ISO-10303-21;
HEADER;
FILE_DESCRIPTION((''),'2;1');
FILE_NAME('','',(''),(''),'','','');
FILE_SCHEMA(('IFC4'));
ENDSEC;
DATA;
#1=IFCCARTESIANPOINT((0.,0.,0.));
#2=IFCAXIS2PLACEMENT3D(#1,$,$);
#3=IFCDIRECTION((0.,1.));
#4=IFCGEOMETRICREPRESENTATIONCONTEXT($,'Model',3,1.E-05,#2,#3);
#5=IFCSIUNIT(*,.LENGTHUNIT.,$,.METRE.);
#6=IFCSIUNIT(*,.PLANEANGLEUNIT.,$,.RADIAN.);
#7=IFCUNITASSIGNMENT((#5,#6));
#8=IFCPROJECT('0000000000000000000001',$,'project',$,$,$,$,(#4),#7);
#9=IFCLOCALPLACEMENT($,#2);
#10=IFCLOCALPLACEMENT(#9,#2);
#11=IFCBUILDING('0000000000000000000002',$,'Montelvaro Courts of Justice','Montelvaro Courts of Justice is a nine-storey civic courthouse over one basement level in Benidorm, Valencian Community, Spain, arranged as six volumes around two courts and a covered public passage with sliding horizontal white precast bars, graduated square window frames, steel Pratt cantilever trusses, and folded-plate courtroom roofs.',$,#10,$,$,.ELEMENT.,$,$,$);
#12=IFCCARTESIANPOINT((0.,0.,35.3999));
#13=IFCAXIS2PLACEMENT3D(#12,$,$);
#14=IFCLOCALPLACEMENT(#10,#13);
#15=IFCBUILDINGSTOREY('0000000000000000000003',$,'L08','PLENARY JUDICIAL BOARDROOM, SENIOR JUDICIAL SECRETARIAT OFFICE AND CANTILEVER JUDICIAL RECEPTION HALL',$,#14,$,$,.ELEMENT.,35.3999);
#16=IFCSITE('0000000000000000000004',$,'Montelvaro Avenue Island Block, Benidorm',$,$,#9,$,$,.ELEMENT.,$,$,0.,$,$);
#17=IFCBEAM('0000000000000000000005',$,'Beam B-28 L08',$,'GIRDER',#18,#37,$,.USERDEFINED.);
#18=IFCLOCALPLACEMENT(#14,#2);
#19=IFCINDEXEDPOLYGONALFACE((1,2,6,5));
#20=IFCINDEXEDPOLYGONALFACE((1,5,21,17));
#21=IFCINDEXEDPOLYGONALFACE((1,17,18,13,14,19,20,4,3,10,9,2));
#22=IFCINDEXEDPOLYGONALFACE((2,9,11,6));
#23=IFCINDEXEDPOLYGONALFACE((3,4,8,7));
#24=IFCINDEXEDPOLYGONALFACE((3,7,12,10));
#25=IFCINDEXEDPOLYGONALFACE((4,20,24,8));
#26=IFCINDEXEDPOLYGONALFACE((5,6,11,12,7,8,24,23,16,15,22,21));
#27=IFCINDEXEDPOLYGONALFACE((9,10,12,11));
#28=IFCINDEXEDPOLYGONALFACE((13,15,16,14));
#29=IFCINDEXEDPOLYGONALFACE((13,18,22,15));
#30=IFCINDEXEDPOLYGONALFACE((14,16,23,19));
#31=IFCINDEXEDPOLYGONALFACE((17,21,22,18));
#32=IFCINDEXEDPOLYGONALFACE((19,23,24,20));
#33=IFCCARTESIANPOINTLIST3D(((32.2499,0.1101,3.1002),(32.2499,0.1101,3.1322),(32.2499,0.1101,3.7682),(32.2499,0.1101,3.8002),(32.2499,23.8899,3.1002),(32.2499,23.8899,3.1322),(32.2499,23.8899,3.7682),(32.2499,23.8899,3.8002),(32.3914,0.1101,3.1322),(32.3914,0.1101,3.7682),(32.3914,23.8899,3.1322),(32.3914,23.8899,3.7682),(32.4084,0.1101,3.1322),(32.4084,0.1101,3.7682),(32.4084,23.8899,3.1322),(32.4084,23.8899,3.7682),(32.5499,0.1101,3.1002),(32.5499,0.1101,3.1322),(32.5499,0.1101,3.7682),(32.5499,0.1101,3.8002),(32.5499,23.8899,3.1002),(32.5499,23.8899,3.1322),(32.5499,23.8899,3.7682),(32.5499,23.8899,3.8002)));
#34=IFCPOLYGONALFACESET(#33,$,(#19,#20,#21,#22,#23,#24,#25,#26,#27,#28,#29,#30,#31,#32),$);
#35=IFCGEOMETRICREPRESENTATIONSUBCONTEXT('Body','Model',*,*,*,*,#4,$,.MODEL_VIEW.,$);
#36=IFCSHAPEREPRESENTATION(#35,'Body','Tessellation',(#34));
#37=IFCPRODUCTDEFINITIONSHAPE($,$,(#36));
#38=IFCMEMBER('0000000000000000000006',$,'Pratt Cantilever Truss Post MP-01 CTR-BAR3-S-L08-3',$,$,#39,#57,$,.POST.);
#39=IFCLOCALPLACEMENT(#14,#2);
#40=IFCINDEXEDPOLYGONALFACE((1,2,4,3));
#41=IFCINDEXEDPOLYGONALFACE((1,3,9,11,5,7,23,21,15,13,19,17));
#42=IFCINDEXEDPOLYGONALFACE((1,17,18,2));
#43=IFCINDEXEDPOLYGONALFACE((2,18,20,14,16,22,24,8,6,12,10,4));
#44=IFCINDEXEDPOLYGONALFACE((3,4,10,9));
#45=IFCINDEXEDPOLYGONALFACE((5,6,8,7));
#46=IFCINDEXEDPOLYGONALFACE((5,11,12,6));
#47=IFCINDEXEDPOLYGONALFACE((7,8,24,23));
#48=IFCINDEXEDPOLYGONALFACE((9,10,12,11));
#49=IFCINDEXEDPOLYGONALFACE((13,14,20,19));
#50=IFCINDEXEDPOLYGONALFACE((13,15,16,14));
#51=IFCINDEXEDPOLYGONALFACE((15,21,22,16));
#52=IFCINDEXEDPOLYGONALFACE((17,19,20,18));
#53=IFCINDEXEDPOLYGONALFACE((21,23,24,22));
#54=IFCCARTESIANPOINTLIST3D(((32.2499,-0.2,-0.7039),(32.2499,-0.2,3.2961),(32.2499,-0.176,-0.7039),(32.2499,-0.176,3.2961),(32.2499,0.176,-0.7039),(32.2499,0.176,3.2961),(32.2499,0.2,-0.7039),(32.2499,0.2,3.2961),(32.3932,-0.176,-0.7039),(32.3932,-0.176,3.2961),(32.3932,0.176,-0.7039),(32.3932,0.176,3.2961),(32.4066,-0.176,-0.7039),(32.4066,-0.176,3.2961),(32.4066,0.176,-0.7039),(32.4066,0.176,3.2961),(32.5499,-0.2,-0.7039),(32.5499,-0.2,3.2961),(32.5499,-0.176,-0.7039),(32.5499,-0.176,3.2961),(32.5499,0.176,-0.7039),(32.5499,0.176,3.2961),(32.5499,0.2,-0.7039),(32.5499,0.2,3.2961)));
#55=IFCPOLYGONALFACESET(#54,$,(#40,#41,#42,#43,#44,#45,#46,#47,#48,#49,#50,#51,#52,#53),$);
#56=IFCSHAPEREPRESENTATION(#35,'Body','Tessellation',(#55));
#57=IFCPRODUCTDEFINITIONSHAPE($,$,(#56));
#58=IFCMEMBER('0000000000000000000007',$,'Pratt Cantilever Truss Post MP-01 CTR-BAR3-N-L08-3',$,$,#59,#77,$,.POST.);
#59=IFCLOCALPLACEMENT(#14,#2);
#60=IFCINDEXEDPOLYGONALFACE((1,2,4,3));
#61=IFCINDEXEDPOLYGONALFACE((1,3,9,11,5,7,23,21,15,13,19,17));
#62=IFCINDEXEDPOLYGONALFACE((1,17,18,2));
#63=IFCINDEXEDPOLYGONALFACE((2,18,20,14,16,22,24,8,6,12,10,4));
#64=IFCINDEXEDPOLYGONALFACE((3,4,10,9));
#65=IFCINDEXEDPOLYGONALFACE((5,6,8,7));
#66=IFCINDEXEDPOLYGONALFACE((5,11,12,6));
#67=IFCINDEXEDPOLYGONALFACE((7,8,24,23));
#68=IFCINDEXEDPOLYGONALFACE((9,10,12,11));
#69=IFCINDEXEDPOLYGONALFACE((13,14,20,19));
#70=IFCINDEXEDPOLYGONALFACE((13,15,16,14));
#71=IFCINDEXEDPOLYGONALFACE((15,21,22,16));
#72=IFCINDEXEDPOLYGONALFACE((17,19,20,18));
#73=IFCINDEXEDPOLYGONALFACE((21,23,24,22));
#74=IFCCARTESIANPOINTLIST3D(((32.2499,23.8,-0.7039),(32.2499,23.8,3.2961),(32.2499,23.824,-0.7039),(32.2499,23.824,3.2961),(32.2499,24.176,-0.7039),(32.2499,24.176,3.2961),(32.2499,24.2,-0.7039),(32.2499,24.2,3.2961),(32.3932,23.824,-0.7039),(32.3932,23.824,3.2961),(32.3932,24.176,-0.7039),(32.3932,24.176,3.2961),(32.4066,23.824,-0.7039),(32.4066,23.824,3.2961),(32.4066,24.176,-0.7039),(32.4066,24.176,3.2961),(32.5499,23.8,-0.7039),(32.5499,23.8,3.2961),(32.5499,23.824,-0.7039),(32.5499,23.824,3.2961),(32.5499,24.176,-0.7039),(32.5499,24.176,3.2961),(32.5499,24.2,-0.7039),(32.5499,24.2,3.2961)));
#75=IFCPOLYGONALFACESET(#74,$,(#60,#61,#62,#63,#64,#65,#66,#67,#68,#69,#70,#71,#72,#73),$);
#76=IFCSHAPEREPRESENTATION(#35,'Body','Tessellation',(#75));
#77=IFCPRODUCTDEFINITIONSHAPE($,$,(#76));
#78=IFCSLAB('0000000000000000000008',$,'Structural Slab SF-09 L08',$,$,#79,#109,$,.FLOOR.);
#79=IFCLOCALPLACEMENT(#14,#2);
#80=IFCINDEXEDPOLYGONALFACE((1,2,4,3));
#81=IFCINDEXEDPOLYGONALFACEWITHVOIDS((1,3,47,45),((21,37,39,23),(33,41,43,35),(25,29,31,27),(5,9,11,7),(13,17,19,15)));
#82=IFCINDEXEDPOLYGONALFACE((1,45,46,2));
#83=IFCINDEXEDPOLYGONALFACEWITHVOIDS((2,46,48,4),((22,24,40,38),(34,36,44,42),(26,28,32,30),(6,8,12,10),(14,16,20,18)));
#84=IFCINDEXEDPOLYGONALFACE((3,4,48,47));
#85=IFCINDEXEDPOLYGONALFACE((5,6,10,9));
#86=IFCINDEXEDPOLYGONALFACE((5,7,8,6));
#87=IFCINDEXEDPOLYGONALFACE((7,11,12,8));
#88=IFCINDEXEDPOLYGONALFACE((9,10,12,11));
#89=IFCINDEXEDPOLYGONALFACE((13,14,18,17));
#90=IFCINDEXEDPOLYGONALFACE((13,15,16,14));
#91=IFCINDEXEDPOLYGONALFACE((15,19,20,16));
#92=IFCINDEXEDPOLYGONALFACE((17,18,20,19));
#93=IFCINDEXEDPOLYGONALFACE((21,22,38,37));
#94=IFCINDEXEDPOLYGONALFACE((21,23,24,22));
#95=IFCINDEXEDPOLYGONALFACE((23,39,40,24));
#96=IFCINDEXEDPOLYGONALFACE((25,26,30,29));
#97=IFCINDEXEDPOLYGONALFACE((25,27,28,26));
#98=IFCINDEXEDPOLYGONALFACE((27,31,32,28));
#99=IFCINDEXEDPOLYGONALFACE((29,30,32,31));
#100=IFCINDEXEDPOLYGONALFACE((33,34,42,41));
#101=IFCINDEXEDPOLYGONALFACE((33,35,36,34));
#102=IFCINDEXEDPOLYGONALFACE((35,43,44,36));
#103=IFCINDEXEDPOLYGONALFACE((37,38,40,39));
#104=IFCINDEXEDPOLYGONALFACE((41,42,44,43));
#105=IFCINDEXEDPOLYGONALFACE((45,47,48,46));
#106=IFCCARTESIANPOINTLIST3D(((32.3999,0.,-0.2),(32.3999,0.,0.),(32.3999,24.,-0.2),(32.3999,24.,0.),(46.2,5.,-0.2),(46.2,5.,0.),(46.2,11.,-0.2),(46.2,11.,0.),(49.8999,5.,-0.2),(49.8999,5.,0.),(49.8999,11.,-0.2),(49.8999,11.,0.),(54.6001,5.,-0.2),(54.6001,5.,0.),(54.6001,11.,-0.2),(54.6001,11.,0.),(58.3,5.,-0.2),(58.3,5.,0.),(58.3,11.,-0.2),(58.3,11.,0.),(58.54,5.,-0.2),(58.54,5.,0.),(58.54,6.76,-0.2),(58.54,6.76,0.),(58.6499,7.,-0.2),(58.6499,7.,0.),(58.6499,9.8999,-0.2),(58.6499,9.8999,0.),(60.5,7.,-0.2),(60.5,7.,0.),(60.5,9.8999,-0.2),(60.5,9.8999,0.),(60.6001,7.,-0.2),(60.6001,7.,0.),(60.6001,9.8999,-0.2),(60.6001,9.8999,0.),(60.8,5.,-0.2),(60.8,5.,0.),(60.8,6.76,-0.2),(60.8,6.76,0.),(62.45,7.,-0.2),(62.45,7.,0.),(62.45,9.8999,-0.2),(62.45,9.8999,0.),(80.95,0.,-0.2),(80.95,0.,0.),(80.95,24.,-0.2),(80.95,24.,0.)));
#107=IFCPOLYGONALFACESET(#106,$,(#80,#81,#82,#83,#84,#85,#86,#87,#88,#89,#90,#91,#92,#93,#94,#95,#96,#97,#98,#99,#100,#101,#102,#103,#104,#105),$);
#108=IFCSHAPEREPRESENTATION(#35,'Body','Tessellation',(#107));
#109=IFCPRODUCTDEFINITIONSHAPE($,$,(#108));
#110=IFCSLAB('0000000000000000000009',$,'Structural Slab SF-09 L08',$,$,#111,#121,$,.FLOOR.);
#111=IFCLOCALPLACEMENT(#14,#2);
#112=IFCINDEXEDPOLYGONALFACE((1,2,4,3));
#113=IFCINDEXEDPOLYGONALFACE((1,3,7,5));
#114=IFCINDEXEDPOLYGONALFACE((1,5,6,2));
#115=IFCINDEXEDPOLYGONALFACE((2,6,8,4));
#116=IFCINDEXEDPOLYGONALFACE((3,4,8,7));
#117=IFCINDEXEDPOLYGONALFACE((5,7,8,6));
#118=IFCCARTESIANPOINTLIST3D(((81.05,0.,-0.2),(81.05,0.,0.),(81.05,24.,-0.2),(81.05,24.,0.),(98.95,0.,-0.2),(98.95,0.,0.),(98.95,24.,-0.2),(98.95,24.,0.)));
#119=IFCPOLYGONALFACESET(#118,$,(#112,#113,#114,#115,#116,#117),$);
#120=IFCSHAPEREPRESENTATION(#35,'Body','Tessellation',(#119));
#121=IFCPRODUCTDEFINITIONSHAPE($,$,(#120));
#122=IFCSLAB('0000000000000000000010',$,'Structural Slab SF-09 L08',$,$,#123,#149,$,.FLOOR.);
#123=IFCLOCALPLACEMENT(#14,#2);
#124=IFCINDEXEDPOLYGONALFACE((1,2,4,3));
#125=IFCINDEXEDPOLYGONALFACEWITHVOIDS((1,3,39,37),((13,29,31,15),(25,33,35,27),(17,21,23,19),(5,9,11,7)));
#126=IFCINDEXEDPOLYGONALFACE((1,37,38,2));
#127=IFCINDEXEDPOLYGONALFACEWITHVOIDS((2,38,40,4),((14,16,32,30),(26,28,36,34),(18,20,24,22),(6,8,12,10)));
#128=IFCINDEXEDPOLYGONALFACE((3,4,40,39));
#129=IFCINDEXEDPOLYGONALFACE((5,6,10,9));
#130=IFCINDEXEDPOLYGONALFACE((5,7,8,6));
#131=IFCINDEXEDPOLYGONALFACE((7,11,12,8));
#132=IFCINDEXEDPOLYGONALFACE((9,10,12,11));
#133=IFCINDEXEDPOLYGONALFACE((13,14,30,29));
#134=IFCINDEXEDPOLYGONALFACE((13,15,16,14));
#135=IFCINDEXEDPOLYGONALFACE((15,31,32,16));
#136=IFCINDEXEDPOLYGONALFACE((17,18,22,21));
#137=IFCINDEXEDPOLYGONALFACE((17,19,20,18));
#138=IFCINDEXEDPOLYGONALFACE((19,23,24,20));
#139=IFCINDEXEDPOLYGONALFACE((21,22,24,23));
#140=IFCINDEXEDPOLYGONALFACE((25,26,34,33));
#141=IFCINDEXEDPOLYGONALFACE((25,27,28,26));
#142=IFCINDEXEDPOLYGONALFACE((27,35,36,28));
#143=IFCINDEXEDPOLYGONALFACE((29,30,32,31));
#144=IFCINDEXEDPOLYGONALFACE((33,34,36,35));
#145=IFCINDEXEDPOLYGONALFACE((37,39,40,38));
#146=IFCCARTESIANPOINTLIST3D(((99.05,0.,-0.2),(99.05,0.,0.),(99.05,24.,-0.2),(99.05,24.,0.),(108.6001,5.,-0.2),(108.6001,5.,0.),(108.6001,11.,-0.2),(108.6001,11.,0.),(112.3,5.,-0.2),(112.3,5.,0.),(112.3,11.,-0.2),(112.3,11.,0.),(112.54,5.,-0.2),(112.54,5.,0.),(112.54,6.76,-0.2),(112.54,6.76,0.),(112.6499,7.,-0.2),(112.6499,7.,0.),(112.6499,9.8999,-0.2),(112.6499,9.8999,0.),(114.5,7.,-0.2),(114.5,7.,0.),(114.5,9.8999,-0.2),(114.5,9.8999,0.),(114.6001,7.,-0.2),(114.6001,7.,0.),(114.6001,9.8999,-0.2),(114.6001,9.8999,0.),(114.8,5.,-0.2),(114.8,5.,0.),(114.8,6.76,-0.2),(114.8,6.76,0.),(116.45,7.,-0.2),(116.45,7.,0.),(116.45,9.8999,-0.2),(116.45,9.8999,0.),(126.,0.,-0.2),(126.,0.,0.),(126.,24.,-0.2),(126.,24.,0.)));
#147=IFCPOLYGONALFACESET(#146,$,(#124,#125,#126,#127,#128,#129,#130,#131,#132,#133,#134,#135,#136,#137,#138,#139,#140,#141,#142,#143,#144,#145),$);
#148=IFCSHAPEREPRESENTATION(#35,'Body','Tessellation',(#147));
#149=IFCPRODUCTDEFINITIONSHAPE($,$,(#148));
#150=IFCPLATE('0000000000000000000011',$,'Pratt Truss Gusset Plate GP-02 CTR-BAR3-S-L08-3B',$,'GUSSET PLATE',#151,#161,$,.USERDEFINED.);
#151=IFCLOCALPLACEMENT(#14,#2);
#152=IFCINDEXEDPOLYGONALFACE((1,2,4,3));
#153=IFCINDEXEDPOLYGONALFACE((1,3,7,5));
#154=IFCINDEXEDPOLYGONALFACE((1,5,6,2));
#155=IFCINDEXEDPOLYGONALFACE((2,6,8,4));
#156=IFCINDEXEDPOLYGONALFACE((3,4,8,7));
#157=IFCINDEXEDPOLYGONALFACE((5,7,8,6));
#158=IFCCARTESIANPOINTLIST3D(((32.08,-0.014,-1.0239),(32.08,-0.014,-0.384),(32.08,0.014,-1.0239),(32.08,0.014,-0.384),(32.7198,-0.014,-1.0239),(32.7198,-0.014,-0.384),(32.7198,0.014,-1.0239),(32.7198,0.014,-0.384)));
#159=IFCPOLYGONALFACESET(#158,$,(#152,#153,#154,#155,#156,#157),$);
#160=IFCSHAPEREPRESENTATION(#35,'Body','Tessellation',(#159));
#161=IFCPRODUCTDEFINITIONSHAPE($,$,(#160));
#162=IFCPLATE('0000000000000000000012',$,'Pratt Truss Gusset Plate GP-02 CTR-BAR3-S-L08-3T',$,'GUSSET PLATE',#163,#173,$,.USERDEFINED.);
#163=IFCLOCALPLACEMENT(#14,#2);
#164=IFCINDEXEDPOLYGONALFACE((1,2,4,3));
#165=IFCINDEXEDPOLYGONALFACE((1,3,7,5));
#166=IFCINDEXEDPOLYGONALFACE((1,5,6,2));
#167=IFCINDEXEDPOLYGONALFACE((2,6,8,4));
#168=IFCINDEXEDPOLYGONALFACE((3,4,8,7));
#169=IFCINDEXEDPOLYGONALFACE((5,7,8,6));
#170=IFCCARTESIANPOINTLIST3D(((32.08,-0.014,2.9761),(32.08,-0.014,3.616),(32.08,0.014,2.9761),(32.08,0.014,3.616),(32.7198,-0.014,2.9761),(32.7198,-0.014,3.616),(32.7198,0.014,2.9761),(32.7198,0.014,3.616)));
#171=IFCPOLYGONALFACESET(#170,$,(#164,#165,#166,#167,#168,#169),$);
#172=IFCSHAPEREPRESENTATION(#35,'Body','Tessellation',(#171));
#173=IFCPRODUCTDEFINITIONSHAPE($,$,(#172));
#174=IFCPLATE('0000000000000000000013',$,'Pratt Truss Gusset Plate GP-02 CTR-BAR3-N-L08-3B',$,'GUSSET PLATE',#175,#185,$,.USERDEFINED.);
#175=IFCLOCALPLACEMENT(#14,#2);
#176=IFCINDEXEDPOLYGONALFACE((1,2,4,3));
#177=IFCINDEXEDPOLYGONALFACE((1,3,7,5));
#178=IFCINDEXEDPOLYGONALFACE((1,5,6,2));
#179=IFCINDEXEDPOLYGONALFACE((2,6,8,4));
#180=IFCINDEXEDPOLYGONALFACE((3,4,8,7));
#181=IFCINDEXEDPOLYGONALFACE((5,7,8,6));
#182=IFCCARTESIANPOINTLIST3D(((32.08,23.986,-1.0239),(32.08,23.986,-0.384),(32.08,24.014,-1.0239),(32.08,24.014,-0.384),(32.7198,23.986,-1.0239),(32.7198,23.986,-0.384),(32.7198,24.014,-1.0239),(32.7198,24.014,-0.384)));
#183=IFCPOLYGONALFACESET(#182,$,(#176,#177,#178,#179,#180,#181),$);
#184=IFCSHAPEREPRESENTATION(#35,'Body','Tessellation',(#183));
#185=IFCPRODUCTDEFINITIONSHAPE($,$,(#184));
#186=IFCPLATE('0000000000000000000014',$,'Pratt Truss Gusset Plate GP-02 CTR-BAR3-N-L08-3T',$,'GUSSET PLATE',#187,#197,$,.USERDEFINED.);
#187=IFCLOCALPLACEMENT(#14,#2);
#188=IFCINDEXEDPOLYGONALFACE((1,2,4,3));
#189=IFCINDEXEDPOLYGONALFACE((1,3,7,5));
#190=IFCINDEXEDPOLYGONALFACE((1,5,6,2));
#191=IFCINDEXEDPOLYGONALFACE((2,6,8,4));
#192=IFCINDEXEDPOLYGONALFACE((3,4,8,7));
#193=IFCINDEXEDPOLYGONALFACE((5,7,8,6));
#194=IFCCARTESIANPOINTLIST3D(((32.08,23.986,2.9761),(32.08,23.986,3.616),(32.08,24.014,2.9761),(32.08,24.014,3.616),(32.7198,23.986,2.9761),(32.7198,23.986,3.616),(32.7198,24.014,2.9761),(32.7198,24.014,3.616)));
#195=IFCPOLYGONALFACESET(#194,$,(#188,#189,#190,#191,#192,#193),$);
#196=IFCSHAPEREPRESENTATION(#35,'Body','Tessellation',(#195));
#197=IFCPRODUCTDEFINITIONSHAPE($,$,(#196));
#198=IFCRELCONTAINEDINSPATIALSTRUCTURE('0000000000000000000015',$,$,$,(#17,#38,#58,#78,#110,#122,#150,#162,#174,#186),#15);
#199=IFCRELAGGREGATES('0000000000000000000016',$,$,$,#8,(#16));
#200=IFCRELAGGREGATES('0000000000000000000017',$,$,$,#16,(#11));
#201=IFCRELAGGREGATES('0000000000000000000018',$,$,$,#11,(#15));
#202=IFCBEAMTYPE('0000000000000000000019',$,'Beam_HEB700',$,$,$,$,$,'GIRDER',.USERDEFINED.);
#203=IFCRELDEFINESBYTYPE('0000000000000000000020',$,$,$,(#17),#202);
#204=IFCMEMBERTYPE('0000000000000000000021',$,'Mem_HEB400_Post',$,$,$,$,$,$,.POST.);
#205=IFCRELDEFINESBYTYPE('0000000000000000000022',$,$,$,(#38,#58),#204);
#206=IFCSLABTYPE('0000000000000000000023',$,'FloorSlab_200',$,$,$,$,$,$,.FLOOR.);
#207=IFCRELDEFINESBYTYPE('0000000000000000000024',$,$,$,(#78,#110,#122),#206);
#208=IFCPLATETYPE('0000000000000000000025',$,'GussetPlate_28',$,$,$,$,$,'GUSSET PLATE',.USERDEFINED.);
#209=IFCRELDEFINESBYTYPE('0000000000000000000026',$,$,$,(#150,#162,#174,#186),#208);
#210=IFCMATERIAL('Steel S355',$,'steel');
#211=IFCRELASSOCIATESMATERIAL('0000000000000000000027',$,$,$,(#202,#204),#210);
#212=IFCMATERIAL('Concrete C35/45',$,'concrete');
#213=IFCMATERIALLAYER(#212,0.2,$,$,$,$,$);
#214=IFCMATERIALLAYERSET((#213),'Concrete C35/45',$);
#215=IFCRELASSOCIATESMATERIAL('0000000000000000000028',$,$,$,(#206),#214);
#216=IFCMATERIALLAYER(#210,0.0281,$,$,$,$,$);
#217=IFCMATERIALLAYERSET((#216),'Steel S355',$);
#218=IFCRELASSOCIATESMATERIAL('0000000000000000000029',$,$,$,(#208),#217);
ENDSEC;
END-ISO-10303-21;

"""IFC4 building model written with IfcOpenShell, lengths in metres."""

from ifc_helpers import new_model, si_unit, direction, frame, origin, origin_2d, place, context, subcontext, project, spatial, polyline, rectangle, i_section, outline, extrude, material, layer, layer_set, material_profile, profile_set, type_object, element, save


model = new_model("IFC4")

# Units and contexts
model_context = context("Model", 3, precision=1e-05, world=origin(), true_north=direction((0.0, 1.0)))
body_context = subcontext(model_context, "Body", "Model", "MODEL_VIEW")
ifc_project = project(units=[si_unit("LENGTHUNIT", "METRE"), si_unit("PLANEANGLEUNIT", "RADIAN")], contexts=[model_context])

# Site, building, storey
site_placement = place(None, origin())
site = spatial("IfcSite", under=ifc_project, at=site_placement, Name="Montelvaro Avenue Island Block, Benidorm", CompositionType="ELEMENT", RefElevation=0.0)
building_placement = place(site_placement, origin())
building = spatial("IfcBuilding", under=site, at=building_placement, Name="Montelvaro Courts of Justice", Description="Montelvaro Courts of Justice is a nine-storey civic courthouse over one basement level in Benidorm, Valencian Community, Spain, arranged as six volumes around two courts and a covered public passage with sliding horizontal white precast bars, graduated square window frames, steel Pratt cantilever trusses, and folded-plate courtroom roofs.", CompositionType="ELEMENT")
storey_placement = place(building_placement, frame((0.0, 0.0, 35.3999)))
storey = spatial("IfcBuildingStorey", under=building, at=storey_placement, Name="L08", Description="PLENARY JUDICIAL BOARDROOM, SENIOR JUDICIAL SECRETARIAT OFFICE AND CANTILEVER JUDICIAL RECEPTION HALL", CompositionType="ELEMENT", Elevation=35.3999)

# Beam
ifc_material_1 = material(Name="Steel S355", Category="steel")
ifc_material_profile_1 = material_profile(ifc_material_1, i_section(OverallWidth=0.3, OverallDepth=0.7, WebThickness=0.0171, FlangeThickness=0.032, at=origin_2d()), Name="HEB 700")
ifc_profile_set_1 = profile_set([ifc_material_profile_1], Name="Steel S355")
beam_type = type_object("IfcBeamType", Name="Beam_HEB700", ElementType="GIRDER", PredefinedType="USERDEFINED", material=ifc_profile_set_1)
beam_placement = place(storey_placement, frame((32.3999, 0.1101, 3.4502), z_axis=(0.0, 1.0, 0.0), x_axis=(-1.0, 0.0, 0.0)))
element("IfcBeam", 1, at=beam_placement, inside=storey, type_object=beam_type, Name="Beam B-28 L08", ObjectType="GIRDER", PredefinedType="USERDEFINED", context=body_context, shape_type="SweptSolid", body=[
    extrude(i_section(OverallWidth=0.3, OverallDepth=0.7, WebThickness=0.0171, FlangeThickness=0.032, at=origin_2d()), origin(), (0.0, 0.0, 1.0), 23.7798),
])

# Members
ifc_material_profile_2 = material_profile(ifc_material_1, i_section(OverallWidth=0.3, OverallDepth=0.3999, WebThickness=0.0134, FlangeThickness=0.0239, at=origin_2d()), Name="HEB 400")
ifc_profile_set_2 = profile_set([ifc_material_profile_2], Name="Steel S355")
member_type = type_object("IfcMemberType", Name="Mem_HEB400_Post", PredefinedType="POST", material=ifc_profile_set_2)
for number, where, z_axis, x_axis, name in (
    (2, (32.3999, 0.0, -0.7039), (0.0, 0.0, 1.0), (1.0, 0.0, 0.0), "Pratt Cantilever Truss Post MP-01 CTR-BAR3-S-L08-3"),
    (3, (32.3999, 24.0, -0.7039), (0.0, 0.0, 1.0), (1.0, 0.0, 0.0), "Pratt Cantilever Truss Post MP-01 CTR-BAR3-N-L08-3"),
):
    element("IfcMember", number, at=place(storey_placement, frame(where, z_axis=z_axis, x_axis=x_axis)), inside=storey, type_object=member_type, Name=name, PredefinedType="POST", context=body_context, shape_type="SweptSolid", body=[
        extrude(i_section(OverallWidth=0.3, OverallDepth=0.3999, WebThickness=0.0134, FlangeThickness=0.0239, at=origin_2d()), origin(), (0.0, 0.0, 1.0), 4.0),
    ])

# Slabs
ifc_material_2 = material(Name="Concrete C35/45", Category="concrete")
ifc_layer_1 = layer(ifc_material_2, 0.2)
ifc_layer_set_1 = layer_set([ifc_layer_1], Name="Concrete C35/45")
slab_type = type_object("IfcSlabType", Name="FloorSlab_200", PredefinedType="FLOOR", material=ifc_layer_set_1)
slab_1_placement = place(storey_placement, frame((0.0, 0.0, -0.2)))
element("IfcSlab", 4, at=slab_1_placement, inside=storey, type_object=slab_type, Name="Structural Slab SF-09 L08", PredefinedType="FLOOR", context=body_context, shape_type="SweptSolid", body=[
    extrude(outline(polyline([(32.3999, 0.0), (80.95, 0.0), (80.95, 24.0), (32.3999, 24.0), (32.3999, 0.0)]), holes=[polyline([(54.6001, 5.0), (58.3, 5.0), (58.3, 11.0), (54.6001, 11.0), (54.6001, 5.0)]), polyline([(58.54, 5.0), (60.8, 5.0), (60.8, 6.76), (58.54, 6.76), (58.54, 5.0)]), polyline([(58.6499, 7.0), (60.5, 7.0), (60.5, 9.8999), (58.6499, 9.8999), (58.6499, 7.0)]), polyline([(60.6001, 7.0), (62.45, 7.0), (62.45, 9.8999), (60.6001, 9.8999), (60.6001, 7.0)]), polyline([(46.2, 5.0), (49.8999, 5.0), (49.8999, 11.0), (46.2, 11.0), (46.2, 5.0)])]), origin(), (0.0, 0.0, 1.0), 0.2),
])
slab_2_placement = place(storey_placement, frame((0.0, 0.0, -0.2)))
element("IfcSlab", 5, at=slab_2_placement, inside=storey, type_object=slab_type, Name="Structural Slab SF-09 L08", PredefinedType="FLOOR", context=body_context, shape_type="SweptSolid", body=[
    extrude(outline(polyline([(81.05, 0.0), (98.95, 0.0), (98.95, 24.0), (81.05, 24.0), (81.05, 0.0)])), origin(), (0.0, 0.0, 1.0), 0.2),
])
slab_3_placement = place(storey_placement, frame((0.0, 0.0, -0.2)))
element("IfcSlab", 6, at=slab_3_placement, inside=storey, type_object=slab_type, Name="Structural Slab SF-09 L08", PredefinedType="FLOOR", context=body_context, shape_type="SweptSolid", body=[
    extrude(outline(polyline([(99.05, 0.0), (126.0, 0.0), (126.0, 24.0), (99.05, 24.0), (99.05, 0.0)]), holes=[polyline([(108.6001, 5.0), (112.3, 5.0), (112.3, 11.0), (108.6001, 11.0), (108.6001, 5.0)]), polyline([(112.54, 5.0), (114.8, 5.0), (114.8, 6.76), (112.54, 6.76), (112.54, 5.0)]), polyline([(112.6499, 7.0), (114.5, 7.0), (114.5, 9.8999), (112.6499, 9.8999), (112.6499, 7.0)]), polyline([(114.6001, 7.0), (116.45, 7.0), (116.45, 9.8999), (114.6001, 9.8999), (114.6001, 7.0)])]), origin(), (0.0, 0.0, 1.0), 0.2),
])

# Plates
ifc_layer_2 = layer(ifc_material_1, 0.0281)
ifc_layer_set_2 = layer_set([ifc_layer_2], Name="Steel S355")
plate_type_1 = type_object("IfcPlateType", Name="GussetPlate_28", ElementType="GUSSET PLATE", PredefinedType="USERDEFINED", material=ifc_layer_set_2)
for number, where, z_axis, x_axis, name in (
    (7, (32.3999, 0.0, -1.0239), (0.0, 0.0, 1.0), (1.0, 0.0, 0.0), "Pratt Truss Gusset Plate GP-02 CTR-BAR3-S-L08-3B"),
    (8, (32.3999, 0.0, 2.9761), (0.0, 0.0, 1.0), (1.0, 0.0, 0.0), "Pratt Truss Gusset Plate GP-02 CTR-BAR3-S-L08-3T"),
    (9, (32.3999, 24.0, -1.0239), (0.0, 0.0, 1.0), (1.0, 0.0, 0.0), "Pratt Truss Gusset Plate GP-02 CTR-BAR3-N-L08-3B"),
    (10, (32.3999, 24.0, 2.9761), (0.0, 0.0, 1.0), (1.0, 0.0, 0.0), "Pratt Truss Gusset Plate GP-02 CTR-BAR3-N-L08-3T"),
):
    element("IfcPlate", number, at=place(storey_placement, frame(where, z_axis=z_axis, x_axis=x_axis)), inside=storey, type_object=plate_type_1, Name=name, ObjectType="GUSSET PLATE", PredefinedType="USERDEFINED", context=body_context, shape_type="SweptSolid", body=[
        extrude(rectangle(XDim=0.6399, YDim=0.0281, at=origin_2d()), origin(), (0.0, 0.0, 1.0), 0.6399),
    ])

save(model, "model.ifc")
